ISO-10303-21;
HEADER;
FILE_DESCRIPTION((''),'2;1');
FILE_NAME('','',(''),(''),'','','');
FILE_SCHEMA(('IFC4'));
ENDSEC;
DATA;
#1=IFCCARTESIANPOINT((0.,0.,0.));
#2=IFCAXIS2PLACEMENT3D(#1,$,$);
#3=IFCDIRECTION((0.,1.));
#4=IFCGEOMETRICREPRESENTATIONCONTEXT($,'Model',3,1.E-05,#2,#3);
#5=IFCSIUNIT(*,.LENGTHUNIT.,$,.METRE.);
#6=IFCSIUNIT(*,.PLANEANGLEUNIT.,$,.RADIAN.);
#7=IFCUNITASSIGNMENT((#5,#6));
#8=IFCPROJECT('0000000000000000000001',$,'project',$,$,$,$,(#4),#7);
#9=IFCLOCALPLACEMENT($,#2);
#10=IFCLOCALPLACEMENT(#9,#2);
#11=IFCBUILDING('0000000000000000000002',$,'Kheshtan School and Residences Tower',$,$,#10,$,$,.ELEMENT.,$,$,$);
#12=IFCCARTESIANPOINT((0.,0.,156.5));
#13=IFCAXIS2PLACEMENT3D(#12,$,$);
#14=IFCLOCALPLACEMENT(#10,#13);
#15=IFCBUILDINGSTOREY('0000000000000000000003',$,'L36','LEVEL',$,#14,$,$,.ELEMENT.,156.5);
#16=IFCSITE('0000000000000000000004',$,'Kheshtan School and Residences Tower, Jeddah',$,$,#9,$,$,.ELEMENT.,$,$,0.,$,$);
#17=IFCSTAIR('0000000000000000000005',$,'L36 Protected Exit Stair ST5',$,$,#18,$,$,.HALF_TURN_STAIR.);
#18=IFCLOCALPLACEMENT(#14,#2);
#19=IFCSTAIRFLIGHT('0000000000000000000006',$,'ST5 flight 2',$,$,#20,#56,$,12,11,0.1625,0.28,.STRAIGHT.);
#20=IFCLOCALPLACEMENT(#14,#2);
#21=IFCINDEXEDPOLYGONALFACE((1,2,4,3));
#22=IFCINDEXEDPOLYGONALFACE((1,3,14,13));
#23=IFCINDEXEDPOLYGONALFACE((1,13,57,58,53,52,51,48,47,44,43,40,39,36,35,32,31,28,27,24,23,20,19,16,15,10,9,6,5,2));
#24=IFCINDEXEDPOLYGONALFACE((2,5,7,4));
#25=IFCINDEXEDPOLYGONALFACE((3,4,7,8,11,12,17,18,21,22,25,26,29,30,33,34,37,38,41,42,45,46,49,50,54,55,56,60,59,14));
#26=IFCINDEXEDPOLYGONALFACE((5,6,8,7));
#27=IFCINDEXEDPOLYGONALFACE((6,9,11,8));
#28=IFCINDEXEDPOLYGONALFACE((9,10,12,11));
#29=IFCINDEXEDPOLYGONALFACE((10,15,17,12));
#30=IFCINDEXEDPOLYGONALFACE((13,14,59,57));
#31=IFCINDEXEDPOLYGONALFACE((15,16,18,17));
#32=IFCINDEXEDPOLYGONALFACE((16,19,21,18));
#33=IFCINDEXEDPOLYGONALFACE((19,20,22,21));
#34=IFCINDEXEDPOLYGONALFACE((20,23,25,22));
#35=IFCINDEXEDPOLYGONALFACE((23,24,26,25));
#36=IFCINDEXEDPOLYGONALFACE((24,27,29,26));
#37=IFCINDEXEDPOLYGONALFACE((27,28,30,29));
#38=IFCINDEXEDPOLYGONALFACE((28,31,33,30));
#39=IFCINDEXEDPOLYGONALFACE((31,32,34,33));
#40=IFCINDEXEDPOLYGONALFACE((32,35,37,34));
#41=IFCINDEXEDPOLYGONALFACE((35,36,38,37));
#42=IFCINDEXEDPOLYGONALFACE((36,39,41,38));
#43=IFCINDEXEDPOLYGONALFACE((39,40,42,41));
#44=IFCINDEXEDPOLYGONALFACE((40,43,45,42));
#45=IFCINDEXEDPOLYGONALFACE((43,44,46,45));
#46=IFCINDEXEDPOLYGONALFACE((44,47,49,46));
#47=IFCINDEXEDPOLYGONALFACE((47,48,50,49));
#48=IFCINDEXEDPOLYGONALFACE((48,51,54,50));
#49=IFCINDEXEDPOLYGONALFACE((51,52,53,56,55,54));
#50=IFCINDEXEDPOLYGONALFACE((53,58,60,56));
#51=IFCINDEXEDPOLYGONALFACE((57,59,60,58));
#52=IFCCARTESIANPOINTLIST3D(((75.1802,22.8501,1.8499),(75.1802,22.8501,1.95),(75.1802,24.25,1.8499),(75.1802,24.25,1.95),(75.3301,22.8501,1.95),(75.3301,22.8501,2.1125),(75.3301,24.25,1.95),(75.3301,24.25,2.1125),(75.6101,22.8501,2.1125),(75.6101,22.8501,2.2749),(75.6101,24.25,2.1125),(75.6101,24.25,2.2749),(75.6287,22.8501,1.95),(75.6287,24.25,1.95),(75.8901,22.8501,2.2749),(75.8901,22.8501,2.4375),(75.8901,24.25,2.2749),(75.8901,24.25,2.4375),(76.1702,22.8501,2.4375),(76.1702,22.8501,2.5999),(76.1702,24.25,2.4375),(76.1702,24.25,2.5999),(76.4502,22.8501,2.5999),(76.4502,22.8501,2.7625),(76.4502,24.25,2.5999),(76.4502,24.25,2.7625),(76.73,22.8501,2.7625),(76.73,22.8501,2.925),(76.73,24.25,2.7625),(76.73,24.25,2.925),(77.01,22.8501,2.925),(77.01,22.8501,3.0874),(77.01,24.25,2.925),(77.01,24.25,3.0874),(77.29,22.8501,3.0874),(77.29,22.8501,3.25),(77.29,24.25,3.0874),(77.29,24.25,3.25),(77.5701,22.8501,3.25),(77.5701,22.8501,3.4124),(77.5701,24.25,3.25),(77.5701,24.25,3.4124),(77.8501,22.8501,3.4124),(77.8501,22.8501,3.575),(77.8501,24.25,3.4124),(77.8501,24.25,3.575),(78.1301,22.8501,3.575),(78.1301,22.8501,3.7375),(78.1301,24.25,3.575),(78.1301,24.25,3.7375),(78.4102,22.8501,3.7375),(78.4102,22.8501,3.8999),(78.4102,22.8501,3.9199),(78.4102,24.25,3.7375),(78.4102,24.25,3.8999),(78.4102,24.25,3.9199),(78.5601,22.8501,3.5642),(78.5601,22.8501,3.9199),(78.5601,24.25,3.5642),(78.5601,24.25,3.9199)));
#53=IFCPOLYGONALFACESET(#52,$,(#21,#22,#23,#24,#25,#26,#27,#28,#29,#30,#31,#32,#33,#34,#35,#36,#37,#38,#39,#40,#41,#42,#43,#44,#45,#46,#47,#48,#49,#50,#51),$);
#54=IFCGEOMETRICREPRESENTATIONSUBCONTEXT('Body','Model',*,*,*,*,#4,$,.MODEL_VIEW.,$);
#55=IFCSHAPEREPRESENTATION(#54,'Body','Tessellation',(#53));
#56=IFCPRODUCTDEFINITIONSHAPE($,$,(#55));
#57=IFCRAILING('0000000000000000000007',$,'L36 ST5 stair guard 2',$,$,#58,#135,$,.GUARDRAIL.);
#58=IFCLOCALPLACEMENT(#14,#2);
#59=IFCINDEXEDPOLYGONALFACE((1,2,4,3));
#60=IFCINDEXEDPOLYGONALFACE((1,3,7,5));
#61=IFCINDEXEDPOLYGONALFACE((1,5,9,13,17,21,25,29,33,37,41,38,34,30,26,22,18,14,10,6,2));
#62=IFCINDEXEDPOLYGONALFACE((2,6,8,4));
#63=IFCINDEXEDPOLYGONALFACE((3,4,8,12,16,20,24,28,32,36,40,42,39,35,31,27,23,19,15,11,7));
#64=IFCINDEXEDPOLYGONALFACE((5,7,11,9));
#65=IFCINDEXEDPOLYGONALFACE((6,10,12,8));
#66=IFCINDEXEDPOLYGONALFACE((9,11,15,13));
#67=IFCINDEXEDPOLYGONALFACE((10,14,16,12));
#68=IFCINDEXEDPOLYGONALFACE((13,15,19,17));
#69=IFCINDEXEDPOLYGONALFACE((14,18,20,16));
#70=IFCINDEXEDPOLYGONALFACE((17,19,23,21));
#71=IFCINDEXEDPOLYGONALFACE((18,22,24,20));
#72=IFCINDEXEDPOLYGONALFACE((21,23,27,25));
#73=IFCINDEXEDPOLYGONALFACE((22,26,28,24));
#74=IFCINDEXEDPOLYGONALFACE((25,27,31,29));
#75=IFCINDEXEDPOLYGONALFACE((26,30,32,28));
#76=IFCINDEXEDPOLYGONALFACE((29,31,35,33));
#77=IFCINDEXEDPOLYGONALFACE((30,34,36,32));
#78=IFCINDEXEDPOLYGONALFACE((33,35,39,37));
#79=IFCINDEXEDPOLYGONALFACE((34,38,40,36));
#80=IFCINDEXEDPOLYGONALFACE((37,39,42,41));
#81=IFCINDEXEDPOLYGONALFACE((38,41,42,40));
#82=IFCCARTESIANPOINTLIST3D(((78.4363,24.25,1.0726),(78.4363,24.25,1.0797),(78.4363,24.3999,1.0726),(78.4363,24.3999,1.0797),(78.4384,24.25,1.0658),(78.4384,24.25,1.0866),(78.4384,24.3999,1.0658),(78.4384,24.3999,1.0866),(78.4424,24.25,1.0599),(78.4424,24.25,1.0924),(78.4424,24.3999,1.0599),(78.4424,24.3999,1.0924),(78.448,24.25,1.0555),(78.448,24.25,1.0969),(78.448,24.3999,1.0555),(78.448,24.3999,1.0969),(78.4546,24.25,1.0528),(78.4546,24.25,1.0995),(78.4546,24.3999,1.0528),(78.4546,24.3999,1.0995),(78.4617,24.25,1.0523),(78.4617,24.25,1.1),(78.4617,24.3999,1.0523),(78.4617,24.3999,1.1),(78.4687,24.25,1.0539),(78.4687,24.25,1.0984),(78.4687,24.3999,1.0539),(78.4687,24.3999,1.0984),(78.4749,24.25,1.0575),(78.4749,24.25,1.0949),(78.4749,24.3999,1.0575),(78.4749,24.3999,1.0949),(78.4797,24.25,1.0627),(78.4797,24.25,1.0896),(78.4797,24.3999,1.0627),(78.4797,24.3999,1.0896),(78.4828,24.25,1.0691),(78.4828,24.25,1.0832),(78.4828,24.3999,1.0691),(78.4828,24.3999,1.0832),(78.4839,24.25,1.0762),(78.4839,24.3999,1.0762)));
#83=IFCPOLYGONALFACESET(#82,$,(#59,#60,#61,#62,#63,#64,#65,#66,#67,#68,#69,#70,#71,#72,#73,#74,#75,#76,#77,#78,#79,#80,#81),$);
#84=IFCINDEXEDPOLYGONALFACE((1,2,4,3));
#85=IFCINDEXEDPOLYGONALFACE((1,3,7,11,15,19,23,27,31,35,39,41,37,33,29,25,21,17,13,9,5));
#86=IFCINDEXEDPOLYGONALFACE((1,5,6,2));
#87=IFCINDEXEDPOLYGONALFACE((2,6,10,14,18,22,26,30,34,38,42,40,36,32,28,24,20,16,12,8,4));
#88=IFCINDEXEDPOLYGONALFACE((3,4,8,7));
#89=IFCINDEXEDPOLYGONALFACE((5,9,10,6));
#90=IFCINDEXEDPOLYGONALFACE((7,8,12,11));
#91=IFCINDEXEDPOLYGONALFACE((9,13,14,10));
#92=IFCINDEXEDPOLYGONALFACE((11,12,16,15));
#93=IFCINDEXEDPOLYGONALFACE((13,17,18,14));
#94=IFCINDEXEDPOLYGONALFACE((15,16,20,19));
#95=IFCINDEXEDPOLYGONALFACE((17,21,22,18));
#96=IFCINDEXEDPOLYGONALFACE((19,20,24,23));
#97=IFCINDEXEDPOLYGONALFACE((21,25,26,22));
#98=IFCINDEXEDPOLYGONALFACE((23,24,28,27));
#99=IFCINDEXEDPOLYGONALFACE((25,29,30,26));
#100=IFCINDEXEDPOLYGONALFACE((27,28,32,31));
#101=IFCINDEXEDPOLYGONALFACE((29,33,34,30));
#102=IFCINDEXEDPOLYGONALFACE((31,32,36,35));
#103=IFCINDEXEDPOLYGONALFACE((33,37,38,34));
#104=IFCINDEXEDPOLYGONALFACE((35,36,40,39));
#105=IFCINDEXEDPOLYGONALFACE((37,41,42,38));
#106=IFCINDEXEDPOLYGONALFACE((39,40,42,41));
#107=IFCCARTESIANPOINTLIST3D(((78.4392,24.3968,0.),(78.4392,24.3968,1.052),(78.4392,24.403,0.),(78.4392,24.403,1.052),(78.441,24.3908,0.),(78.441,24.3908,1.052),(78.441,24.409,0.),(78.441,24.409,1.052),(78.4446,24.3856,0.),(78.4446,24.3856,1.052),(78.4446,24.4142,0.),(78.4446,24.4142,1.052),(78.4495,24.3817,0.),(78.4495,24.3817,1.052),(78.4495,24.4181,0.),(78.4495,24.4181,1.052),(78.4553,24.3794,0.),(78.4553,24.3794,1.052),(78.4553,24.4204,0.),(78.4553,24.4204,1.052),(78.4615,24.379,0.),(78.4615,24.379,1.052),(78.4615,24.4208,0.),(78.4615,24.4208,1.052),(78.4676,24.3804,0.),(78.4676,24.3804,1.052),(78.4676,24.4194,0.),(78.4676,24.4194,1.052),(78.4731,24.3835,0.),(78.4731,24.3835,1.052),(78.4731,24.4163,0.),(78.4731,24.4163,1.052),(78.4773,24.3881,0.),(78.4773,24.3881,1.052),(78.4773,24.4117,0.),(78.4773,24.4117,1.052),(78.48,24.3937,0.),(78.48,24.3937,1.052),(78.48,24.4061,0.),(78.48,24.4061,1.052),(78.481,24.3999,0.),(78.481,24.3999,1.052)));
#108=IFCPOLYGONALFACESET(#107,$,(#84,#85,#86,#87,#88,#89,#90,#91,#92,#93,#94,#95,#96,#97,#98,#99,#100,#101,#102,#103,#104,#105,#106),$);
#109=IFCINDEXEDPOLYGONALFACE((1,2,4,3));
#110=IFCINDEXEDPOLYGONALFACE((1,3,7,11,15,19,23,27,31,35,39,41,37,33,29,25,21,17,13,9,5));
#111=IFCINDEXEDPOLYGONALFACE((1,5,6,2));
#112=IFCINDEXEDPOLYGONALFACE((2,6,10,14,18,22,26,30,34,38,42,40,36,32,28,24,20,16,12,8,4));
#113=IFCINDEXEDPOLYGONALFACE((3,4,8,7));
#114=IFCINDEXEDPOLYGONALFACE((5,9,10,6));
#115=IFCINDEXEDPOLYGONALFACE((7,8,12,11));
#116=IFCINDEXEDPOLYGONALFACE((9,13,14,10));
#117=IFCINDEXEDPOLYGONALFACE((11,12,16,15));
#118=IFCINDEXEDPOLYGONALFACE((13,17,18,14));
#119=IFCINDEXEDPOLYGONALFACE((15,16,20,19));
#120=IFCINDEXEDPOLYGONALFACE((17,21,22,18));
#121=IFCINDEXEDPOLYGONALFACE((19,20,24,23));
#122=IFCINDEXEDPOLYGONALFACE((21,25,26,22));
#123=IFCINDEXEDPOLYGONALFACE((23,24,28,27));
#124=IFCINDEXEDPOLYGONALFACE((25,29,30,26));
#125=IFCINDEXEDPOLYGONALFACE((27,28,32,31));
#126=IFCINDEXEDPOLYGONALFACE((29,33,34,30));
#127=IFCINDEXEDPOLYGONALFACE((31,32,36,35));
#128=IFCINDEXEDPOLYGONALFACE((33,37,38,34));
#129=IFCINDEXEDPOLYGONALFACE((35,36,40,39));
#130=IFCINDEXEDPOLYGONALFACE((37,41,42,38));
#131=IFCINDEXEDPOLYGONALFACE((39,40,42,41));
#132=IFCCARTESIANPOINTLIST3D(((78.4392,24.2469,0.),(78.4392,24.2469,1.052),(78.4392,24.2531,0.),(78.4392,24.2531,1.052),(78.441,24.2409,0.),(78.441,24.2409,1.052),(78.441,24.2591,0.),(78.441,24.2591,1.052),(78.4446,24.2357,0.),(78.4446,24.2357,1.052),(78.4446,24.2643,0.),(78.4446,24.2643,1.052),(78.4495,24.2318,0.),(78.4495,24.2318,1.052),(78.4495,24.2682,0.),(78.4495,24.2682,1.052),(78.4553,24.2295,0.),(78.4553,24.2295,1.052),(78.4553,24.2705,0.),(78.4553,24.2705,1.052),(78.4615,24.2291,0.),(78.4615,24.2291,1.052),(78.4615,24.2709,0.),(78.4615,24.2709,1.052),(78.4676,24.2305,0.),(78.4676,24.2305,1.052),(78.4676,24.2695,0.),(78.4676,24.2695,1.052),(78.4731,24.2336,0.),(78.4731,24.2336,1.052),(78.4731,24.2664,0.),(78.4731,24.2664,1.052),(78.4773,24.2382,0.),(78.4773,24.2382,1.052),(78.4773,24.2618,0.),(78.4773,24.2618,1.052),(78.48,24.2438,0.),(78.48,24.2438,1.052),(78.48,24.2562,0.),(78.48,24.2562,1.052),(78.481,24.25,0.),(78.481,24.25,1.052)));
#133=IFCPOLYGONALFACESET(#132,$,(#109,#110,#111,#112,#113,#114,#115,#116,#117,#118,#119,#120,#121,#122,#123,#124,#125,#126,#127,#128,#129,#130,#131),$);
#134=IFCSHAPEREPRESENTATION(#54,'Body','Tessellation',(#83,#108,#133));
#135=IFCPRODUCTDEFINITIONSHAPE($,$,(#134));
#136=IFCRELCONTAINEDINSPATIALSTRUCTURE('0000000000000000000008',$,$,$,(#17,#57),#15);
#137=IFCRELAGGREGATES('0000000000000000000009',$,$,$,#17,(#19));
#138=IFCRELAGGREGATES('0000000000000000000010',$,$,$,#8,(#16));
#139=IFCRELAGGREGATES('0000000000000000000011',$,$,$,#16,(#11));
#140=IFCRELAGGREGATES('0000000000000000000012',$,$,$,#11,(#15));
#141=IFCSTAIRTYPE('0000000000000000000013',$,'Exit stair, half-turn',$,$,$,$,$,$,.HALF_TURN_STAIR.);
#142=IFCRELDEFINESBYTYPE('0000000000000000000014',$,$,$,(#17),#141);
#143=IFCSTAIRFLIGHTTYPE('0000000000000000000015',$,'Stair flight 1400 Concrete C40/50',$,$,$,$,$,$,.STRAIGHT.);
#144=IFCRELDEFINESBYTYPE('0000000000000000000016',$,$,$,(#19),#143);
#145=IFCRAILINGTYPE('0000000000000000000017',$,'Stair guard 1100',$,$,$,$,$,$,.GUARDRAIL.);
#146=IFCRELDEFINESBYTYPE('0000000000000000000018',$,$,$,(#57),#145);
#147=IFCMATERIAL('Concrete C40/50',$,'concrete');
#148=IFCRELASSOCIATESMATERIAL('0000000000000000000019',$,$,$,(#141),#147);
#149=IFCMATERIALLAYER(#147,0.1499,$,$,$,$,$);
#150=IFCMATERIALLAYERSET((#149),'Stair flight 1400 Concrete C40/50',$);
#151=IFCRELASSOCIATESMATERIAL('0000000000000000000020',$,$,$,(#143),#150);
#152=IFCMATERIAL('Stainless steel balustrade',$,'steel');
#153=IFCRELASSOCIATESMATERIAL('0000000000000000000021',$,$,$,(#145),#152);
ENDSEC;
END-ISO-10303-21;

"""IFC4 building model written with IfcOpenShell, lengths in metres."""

from ifc_helpers import new_model, si_unit, direction, frame, origin, origin_2d, place, context, subcontext, project, spatial, polyline, circle, outline, extrude, material, layer, layer_set, type_object, element, aggregate, save


model = new_model("IFC4")

# Units and contexts
model_context = context("Model", 3, precision=1e-05, world=origin(), true_north=direction((0.0, 1.0)))
body_context = subcontext(model_context, "Body", "Model", "MODEL_VIEW")
ifc_project = project(units=[si_unit("LENGTHUNIT", "METRE"), si_unit("PLANEANGLEUNIT", "RADIAN")], contexts=[model_context])

# Site, building, storey
site_placement = place(None, origin())
site = spatial("IfcSite", under=ifc_project, at=site_placement, Name="Kheshtan School and Residences Tower, Jeddah", CompositionType="ELEMENT", RefElevation=0.0)
building_placement = place(site_placement, origin())
building = spatial("IfcBuilding", under=site, at=building_placement, Name="Kheshtan School and Residences Tower", CompositionType="ELEMENT")
storey_placement = place(building_placement, frame((0.0, 0.0, 156.5)))
storey = spatial("IfcBuildingStorey", under=building, at=storey_placement, Name="L36", Description="LEVEL", CompositionType="ELEMENT", Elevation=156.5)

# Shared definitions
ifc_material_1 = material(Name="Concrete C40/50", Category="concrete")

# Stair, stair flight
stair_type = type_object("IfcStairType", Name="Exit stair, half-turn", PredefinedType="HALF_TURN_STAIR", material=ifc_material_1)
stair_placement = place(storey_placement, origin())
stair = element("IfcStair", 1, at=stair_placement, inside=storey, type_object=stair_type, Name="L36 Protected Exit Stair ST5", PredefinedType="HALF_TURN_STAIR")
ifc_layer_1 = layer(ifc_material_1, 0.1499)
ifc_layer_set_1 = layer_set([ifc_layer_1], Name="Stair flight 1400 Concrete C40/50")
stair_flight_type = type_object("IfcStairFlightType", Name="Stair flight 1400 Concrete C40/50", PredefinedType="STRAIGHT", material=ifc_layer_set_1)
stair_flight_1_placement = place(storey_placement, frame((75.3301, 23.55, 1.95), z_axis=(0.0, 0.0, 1.0), x_axis=(1.0, 0.0, 0.0)))
stair_flight_1 = element("IfcStairFlight", 2, at=stair_flight_1_placement, type_object=stair_flight_type, Name="ST5 flight 2", NumberOfRisers=12, NumberOfTreads=11, PredefinedType="STRAIGHT", RiserHeight=0.1625, TreadLength=0.28, context=body_context, shape_type="SweptSolid", body=[
    extrude(outline(polyline([(-0.1499, -0.1001), (-0.1499, 0.0), (0.0, 0.0), (0.0, 0.1626), (0.28, 0.1626), (0.28, 0.325), (0.5601, 0.325), (0.5601, 0.4875), (0.8401, 0.4875), (0.8401, 0.6499), (1.1201, 0.6499), (1.1201, 0.8125), (1.3999, 0.8125), (1.3999, 0.9751), (1.6799, 0.9751), (1.6799, 1.1375), (1.96, 1.1375), (1.96, 1.3), (2.24, 1.3), (2.24, 1.4624), (2.52, 1.4624), (2.52, 1.625), (2.8, 1.625), (2.8, 1.7876), (3.0801, 1.7876), (3.0801, 1.95), (3.0801, 1.97), (3.23, 1.97), (3.23, 1.6143), (0.2986, 0.0), (-0.1499, -0.1001)])), frame((0.0, 0.7, 0.0), z_axis=(0.0, -1.0, 0.0), x_axis=(1.0, 0.0, 0.0)), (0.0, 0.0, 1.0), 1.3999),
])
aggregate(stair, [stair_flight_1])

# Railing
ifc_material_2 = material(Name="Stainless steel balustrade", Category="steel")
railing_type_1 = type_object("IfcRailingType", Name="Stair guard 1100", PredefinedType="GUARDRAIL", material=ifc_material_2)
railing_1_placement = place(storey_placement, frame((78.46, 24.3999, 0.0)))
element("IfcRailing", 3, at=railing_1_placement, inside=storey, type_object=railing_type_1, Name="L36 ST5 stair guard 2", PredefinedType="GUARDRAIL", context=body_context, shape_type="SweptSolid", body=[
    extrude(circle(Radius=0.0239, at=origin_2d()), frame((0.0, 0.0, 1.0762), z_axis=(0.0, -1.0, 0.0), x_axis=(1.0, 0.0, 0.0)), (0.0, 0.0, 1.0), 0.1499),
    extrude(circle(Radius=0.021, at=origin_2d()), origin(), (0.0, 0.0, 1.0), 1.052),
    extrude(circle(Radius=0.021, at=origin_2d()), frame((0.0, -0.1499, 0.0)), (0.0, 0.0, 1.0), 1.052),
])

save(model, "model.ifc")
